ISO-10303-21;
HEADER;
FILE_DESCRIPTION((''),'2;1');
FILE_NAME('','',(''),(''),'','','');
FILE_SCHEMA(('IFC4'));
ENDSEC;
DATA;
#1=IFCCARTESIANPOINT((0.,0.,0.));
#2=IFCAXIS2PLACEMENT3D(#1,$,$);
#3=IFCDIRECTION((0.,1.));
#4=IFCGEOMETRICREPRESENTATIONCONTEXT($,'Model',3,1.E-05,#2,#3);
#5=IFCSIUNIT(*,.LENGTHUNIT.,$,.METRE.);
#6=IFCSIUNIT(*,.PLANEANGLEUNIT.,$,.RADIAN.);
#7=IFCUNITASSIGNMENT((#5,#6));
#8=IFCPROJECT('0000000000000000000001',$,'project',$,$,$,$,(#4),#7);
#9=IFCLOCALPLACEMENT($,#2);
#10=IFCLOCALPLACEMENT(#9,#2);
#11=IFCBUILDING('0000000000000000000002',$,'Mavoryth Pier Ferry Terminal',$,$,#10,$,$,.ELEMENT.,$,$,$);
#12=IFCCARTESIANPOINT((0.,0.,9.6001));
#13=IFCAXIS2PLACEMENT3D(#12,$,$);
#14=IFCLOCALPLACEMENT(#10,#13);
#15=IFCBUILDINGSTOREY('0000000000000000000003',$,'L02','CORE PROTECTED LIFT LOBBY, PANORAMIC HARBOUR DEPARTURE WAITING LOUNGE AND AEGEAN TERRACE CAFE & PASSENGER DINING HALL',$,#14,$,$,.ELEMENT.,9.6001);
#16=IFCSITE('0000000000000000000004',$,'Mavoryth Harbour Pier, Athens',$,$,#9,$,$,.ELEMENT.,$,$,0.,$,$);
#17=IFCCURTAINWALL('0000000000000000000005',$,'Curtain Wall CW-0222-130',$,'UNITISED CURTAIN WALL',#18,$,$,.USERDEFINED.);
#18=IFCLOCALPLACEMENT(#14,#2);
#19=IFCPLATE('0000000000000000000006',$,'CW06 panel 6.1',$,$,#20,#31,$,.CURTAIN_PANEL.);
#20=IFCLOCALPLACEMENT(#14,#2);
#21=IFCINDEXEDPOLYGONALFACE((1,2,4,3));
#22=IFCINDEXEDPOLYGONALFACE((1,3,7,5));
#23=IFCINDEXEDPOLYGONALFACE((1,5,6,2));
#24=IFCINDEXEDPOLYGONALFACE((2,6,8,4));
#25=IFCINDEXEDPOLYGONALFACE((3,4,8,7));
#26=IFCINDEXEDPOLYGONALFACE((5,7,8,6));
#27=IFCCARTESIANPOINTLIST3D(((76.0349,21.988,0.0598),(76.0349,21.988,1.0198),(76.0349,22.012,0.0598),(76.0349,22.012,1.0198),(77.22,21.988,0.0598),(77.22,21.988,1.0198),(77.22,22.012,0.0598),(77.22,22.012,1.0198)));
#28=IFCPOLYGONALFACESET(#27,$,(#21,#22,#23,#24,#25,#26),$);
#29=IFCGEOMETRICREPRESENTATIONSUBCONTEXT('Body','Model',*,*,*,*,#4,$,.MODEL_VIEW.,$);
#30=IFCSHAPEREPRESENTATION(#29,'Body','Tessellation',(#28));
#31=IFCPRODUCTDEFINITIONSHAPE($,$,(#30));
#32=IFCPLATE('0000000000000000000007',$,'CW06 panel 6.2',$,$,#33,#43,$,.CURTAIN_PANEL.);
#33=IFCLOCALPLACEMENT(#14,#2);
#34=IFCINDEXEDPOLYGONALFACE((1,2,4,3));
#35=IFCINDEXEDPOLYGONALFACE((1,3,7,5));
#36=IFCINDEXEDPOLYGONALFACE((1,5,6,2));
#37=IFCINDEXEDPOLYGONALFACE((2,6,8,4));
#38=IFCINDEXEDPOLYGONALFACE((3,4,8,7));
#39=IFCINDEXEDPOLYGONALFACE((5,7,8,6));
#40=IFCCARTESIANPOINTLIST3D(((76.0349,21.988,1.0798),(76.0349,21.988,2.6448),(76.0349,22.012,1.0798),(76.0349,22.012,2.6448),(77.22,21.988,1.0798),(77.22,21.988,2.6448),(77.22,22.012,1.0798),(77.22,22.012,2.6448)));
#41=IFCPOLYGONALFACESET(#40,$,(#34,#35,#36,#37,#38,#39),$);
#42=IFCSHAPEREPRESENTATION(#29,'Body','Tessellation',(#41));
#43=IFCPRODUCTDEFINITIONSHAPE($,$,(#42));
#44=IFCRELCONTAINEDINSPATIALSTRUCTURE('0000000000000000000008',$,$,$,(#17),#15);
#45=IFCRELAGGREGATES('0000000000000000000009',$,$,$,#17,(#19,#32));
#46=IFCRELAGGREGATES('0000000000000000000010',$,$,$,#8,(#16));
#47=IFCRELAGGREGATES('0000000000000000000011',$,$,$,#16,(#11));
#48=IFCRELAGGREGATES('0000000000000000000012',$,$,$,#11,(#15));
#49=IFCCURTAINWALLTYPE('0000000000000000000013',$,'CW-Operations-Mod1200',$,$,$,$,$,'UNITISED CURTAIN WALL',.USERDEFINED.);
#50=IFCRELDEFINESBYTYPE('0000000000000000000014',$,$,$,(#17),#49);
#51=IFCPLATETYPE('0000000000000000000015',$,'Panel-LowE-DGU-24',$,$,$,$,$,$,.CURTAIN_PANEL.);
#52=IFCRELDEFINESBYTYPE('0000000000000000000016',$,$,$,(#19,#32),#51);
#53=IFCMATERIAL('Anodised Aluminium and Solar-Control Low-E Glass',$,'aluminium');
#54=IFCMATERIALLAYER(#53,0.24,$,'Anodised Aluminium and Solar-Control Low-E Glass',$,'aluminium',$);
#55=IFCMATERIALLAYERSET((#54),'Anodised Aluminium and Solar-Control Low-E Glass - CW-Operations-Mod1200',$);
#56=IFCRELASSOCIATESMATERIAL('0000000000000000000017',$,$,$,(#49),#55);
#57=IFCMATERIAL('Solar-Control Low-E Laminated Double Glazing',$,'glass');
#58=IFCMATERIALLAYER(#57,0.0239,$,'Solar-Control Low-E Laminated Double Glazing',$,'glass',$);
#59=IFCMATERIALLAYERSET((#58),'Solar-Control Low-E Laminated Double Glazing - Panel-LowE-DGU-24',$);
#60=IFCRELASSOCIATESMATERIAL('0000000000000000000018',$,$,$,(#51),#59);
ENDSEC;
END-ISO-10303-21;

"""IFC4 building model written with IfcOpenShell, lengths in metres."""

from ifc_helpers import new_model, si_unit, direction, frame, origin, origin_2d, place, context, subcontext, project, spatial, rectangle, extrude, material, layer, layer_set, type_object, element, aggregate, save


model = new_model("IFC4")

# Units and contexts
model_context = context("Model", 3, precision=1e-05, world=origin(), true_north=direction((0.0, 1.0)))
body_context = subcontext(model_context, "Body", "Model", "MODEL_VIEW")
ifc_project = project(units=[si_unit("LENGTHUNIT", "METRE"), si_unit("PLANEANGLEUNIT", "RADIAN")], contexts=[model_context])

# Site, building, storey
site_placement = place(None, origin())
site = spatial("IfcSite", under=ifc_project, at=site_placement, Name="Mavoryth Harbour Pier, Athens", CompositionType="ELEMENT", RefElevation=0.0)
building_placement = place(site_placement, origin())
building = spatial("IfcBuilding", under=site, at=building_placement, Name="Mavoryth Pier Ferry Terminal", CompositionType="ELEMENT")
storey_placement = place(building_placement, frame((0.0, 0.0, 9.6001)))
storey = spatial("IfcBuildingStorey", under=building, at=storey_placement, Name="L02", Description="CORE PROTECTED LIFT LOBBY, PANORAMIC HARBOUR DEPARTURE WAITING LOUNGE AND AEGEAN TERRACE CAFE & PASSENGER DINING HALL", CompositionType="ELEMENT", Elevation=9.6001)

# Curtain wall
ifc_material_1 = material(Name="Anodised Aluminium and Solar-Control Low-E Glass", Category="aluminium")
ifc_layer_1 = layer(ifc_material_1, 0.24, Name="Anodised Aluminium and Solar-Control Low-E Glass", Category="aluminium")
ifc_layer_set_1 = layer_set([ifc_layer_1], Name="Anodised Aluminium and Solar-Control Low-E Glass - CW-Operations-Mod1200")
curtain_wall_type = type_object("IfcCurtainWallType", Name="CW-Operations-Mod1200", ElementType="UNITISED CURTAIN WALL", PredefinedType="USERDEFINED", material=ifc_layer_set_1)
curtain_wall_1_placement = place(storey_placement, origin())
curtain_wall_1 = element("IfcCurtainWall", 1, at=curtain_wall_1_placement, inside=storey, type_object=curtain_wall_type, Name="Curtain Wall CW-0222-130", ObjectType="UNITISED CURTAIN WALL", PredefinedType="USERDEFINED")

# Plates
ifc_material_2 = material(Name="Solar-Control Low-E Laminated Double Glazing", Category="glass")
ifc_layer_2 = layer(ifc_material_2, 0.0239, Name="Solar-Control Low-E Laminated Double Glazing", Category="glass")
ifc_layer_set_2 = layer_set([ifc_layer_2], Name="Solar-Control Low-E Laminated Double Glazing - Panel-LowE-DGU-24")
plate_type = type_object("IfcPlateType", Name="Panel-LowE-DGU-24", PredefinedType="CURTAIN_PANEL", material=ifc_layer_set_2)
plate_1_placement = place(storey_placement, frame((76.6274, 22.0, 0.0598), z_axis=(0.0, 0.0, 1.0), x_axis=(-1.0, 0.0, 0.0)))
plate_1 = element("IfcPlate", 2, at=plate_1_placement, type_object=plate_type, Name="CW06 panel 6.1", PredefinedType="CURTAIN_PANEL", context=body_context, shape_type="SweptSolid", body=[
    extrude(rectangle(XDim=1.1851, YDim=0.0239, at=origin_2d()), origin(), (0.0, 0.0, 1.0), 0.96),
])
plate_2_placement = place(storey_placement, frame((76.6274, 22.0, 1.0798), z_axis=(0.0, 0.0, 1.0), x_axis=(-1.0, 0.0, 0.0)))
plate_2 = element("IfcPlate", 3, at=plate_2_placement, type_object=plate_type, Name="CW06 panel 6.2", PredefinedType="CURTAIN_PANEL", context=body_context, shape_type="SweptSolid", body=[
    extrude(rectangle(XDim=1.1851, YDim=0.0239, at=origin_2d()), origin(), (0.0, 0.0, 1.0), 1.5649),
])
aggregate(curtain_wall_1, [plate_1, plate_2])

save(model, "model.ifc")
